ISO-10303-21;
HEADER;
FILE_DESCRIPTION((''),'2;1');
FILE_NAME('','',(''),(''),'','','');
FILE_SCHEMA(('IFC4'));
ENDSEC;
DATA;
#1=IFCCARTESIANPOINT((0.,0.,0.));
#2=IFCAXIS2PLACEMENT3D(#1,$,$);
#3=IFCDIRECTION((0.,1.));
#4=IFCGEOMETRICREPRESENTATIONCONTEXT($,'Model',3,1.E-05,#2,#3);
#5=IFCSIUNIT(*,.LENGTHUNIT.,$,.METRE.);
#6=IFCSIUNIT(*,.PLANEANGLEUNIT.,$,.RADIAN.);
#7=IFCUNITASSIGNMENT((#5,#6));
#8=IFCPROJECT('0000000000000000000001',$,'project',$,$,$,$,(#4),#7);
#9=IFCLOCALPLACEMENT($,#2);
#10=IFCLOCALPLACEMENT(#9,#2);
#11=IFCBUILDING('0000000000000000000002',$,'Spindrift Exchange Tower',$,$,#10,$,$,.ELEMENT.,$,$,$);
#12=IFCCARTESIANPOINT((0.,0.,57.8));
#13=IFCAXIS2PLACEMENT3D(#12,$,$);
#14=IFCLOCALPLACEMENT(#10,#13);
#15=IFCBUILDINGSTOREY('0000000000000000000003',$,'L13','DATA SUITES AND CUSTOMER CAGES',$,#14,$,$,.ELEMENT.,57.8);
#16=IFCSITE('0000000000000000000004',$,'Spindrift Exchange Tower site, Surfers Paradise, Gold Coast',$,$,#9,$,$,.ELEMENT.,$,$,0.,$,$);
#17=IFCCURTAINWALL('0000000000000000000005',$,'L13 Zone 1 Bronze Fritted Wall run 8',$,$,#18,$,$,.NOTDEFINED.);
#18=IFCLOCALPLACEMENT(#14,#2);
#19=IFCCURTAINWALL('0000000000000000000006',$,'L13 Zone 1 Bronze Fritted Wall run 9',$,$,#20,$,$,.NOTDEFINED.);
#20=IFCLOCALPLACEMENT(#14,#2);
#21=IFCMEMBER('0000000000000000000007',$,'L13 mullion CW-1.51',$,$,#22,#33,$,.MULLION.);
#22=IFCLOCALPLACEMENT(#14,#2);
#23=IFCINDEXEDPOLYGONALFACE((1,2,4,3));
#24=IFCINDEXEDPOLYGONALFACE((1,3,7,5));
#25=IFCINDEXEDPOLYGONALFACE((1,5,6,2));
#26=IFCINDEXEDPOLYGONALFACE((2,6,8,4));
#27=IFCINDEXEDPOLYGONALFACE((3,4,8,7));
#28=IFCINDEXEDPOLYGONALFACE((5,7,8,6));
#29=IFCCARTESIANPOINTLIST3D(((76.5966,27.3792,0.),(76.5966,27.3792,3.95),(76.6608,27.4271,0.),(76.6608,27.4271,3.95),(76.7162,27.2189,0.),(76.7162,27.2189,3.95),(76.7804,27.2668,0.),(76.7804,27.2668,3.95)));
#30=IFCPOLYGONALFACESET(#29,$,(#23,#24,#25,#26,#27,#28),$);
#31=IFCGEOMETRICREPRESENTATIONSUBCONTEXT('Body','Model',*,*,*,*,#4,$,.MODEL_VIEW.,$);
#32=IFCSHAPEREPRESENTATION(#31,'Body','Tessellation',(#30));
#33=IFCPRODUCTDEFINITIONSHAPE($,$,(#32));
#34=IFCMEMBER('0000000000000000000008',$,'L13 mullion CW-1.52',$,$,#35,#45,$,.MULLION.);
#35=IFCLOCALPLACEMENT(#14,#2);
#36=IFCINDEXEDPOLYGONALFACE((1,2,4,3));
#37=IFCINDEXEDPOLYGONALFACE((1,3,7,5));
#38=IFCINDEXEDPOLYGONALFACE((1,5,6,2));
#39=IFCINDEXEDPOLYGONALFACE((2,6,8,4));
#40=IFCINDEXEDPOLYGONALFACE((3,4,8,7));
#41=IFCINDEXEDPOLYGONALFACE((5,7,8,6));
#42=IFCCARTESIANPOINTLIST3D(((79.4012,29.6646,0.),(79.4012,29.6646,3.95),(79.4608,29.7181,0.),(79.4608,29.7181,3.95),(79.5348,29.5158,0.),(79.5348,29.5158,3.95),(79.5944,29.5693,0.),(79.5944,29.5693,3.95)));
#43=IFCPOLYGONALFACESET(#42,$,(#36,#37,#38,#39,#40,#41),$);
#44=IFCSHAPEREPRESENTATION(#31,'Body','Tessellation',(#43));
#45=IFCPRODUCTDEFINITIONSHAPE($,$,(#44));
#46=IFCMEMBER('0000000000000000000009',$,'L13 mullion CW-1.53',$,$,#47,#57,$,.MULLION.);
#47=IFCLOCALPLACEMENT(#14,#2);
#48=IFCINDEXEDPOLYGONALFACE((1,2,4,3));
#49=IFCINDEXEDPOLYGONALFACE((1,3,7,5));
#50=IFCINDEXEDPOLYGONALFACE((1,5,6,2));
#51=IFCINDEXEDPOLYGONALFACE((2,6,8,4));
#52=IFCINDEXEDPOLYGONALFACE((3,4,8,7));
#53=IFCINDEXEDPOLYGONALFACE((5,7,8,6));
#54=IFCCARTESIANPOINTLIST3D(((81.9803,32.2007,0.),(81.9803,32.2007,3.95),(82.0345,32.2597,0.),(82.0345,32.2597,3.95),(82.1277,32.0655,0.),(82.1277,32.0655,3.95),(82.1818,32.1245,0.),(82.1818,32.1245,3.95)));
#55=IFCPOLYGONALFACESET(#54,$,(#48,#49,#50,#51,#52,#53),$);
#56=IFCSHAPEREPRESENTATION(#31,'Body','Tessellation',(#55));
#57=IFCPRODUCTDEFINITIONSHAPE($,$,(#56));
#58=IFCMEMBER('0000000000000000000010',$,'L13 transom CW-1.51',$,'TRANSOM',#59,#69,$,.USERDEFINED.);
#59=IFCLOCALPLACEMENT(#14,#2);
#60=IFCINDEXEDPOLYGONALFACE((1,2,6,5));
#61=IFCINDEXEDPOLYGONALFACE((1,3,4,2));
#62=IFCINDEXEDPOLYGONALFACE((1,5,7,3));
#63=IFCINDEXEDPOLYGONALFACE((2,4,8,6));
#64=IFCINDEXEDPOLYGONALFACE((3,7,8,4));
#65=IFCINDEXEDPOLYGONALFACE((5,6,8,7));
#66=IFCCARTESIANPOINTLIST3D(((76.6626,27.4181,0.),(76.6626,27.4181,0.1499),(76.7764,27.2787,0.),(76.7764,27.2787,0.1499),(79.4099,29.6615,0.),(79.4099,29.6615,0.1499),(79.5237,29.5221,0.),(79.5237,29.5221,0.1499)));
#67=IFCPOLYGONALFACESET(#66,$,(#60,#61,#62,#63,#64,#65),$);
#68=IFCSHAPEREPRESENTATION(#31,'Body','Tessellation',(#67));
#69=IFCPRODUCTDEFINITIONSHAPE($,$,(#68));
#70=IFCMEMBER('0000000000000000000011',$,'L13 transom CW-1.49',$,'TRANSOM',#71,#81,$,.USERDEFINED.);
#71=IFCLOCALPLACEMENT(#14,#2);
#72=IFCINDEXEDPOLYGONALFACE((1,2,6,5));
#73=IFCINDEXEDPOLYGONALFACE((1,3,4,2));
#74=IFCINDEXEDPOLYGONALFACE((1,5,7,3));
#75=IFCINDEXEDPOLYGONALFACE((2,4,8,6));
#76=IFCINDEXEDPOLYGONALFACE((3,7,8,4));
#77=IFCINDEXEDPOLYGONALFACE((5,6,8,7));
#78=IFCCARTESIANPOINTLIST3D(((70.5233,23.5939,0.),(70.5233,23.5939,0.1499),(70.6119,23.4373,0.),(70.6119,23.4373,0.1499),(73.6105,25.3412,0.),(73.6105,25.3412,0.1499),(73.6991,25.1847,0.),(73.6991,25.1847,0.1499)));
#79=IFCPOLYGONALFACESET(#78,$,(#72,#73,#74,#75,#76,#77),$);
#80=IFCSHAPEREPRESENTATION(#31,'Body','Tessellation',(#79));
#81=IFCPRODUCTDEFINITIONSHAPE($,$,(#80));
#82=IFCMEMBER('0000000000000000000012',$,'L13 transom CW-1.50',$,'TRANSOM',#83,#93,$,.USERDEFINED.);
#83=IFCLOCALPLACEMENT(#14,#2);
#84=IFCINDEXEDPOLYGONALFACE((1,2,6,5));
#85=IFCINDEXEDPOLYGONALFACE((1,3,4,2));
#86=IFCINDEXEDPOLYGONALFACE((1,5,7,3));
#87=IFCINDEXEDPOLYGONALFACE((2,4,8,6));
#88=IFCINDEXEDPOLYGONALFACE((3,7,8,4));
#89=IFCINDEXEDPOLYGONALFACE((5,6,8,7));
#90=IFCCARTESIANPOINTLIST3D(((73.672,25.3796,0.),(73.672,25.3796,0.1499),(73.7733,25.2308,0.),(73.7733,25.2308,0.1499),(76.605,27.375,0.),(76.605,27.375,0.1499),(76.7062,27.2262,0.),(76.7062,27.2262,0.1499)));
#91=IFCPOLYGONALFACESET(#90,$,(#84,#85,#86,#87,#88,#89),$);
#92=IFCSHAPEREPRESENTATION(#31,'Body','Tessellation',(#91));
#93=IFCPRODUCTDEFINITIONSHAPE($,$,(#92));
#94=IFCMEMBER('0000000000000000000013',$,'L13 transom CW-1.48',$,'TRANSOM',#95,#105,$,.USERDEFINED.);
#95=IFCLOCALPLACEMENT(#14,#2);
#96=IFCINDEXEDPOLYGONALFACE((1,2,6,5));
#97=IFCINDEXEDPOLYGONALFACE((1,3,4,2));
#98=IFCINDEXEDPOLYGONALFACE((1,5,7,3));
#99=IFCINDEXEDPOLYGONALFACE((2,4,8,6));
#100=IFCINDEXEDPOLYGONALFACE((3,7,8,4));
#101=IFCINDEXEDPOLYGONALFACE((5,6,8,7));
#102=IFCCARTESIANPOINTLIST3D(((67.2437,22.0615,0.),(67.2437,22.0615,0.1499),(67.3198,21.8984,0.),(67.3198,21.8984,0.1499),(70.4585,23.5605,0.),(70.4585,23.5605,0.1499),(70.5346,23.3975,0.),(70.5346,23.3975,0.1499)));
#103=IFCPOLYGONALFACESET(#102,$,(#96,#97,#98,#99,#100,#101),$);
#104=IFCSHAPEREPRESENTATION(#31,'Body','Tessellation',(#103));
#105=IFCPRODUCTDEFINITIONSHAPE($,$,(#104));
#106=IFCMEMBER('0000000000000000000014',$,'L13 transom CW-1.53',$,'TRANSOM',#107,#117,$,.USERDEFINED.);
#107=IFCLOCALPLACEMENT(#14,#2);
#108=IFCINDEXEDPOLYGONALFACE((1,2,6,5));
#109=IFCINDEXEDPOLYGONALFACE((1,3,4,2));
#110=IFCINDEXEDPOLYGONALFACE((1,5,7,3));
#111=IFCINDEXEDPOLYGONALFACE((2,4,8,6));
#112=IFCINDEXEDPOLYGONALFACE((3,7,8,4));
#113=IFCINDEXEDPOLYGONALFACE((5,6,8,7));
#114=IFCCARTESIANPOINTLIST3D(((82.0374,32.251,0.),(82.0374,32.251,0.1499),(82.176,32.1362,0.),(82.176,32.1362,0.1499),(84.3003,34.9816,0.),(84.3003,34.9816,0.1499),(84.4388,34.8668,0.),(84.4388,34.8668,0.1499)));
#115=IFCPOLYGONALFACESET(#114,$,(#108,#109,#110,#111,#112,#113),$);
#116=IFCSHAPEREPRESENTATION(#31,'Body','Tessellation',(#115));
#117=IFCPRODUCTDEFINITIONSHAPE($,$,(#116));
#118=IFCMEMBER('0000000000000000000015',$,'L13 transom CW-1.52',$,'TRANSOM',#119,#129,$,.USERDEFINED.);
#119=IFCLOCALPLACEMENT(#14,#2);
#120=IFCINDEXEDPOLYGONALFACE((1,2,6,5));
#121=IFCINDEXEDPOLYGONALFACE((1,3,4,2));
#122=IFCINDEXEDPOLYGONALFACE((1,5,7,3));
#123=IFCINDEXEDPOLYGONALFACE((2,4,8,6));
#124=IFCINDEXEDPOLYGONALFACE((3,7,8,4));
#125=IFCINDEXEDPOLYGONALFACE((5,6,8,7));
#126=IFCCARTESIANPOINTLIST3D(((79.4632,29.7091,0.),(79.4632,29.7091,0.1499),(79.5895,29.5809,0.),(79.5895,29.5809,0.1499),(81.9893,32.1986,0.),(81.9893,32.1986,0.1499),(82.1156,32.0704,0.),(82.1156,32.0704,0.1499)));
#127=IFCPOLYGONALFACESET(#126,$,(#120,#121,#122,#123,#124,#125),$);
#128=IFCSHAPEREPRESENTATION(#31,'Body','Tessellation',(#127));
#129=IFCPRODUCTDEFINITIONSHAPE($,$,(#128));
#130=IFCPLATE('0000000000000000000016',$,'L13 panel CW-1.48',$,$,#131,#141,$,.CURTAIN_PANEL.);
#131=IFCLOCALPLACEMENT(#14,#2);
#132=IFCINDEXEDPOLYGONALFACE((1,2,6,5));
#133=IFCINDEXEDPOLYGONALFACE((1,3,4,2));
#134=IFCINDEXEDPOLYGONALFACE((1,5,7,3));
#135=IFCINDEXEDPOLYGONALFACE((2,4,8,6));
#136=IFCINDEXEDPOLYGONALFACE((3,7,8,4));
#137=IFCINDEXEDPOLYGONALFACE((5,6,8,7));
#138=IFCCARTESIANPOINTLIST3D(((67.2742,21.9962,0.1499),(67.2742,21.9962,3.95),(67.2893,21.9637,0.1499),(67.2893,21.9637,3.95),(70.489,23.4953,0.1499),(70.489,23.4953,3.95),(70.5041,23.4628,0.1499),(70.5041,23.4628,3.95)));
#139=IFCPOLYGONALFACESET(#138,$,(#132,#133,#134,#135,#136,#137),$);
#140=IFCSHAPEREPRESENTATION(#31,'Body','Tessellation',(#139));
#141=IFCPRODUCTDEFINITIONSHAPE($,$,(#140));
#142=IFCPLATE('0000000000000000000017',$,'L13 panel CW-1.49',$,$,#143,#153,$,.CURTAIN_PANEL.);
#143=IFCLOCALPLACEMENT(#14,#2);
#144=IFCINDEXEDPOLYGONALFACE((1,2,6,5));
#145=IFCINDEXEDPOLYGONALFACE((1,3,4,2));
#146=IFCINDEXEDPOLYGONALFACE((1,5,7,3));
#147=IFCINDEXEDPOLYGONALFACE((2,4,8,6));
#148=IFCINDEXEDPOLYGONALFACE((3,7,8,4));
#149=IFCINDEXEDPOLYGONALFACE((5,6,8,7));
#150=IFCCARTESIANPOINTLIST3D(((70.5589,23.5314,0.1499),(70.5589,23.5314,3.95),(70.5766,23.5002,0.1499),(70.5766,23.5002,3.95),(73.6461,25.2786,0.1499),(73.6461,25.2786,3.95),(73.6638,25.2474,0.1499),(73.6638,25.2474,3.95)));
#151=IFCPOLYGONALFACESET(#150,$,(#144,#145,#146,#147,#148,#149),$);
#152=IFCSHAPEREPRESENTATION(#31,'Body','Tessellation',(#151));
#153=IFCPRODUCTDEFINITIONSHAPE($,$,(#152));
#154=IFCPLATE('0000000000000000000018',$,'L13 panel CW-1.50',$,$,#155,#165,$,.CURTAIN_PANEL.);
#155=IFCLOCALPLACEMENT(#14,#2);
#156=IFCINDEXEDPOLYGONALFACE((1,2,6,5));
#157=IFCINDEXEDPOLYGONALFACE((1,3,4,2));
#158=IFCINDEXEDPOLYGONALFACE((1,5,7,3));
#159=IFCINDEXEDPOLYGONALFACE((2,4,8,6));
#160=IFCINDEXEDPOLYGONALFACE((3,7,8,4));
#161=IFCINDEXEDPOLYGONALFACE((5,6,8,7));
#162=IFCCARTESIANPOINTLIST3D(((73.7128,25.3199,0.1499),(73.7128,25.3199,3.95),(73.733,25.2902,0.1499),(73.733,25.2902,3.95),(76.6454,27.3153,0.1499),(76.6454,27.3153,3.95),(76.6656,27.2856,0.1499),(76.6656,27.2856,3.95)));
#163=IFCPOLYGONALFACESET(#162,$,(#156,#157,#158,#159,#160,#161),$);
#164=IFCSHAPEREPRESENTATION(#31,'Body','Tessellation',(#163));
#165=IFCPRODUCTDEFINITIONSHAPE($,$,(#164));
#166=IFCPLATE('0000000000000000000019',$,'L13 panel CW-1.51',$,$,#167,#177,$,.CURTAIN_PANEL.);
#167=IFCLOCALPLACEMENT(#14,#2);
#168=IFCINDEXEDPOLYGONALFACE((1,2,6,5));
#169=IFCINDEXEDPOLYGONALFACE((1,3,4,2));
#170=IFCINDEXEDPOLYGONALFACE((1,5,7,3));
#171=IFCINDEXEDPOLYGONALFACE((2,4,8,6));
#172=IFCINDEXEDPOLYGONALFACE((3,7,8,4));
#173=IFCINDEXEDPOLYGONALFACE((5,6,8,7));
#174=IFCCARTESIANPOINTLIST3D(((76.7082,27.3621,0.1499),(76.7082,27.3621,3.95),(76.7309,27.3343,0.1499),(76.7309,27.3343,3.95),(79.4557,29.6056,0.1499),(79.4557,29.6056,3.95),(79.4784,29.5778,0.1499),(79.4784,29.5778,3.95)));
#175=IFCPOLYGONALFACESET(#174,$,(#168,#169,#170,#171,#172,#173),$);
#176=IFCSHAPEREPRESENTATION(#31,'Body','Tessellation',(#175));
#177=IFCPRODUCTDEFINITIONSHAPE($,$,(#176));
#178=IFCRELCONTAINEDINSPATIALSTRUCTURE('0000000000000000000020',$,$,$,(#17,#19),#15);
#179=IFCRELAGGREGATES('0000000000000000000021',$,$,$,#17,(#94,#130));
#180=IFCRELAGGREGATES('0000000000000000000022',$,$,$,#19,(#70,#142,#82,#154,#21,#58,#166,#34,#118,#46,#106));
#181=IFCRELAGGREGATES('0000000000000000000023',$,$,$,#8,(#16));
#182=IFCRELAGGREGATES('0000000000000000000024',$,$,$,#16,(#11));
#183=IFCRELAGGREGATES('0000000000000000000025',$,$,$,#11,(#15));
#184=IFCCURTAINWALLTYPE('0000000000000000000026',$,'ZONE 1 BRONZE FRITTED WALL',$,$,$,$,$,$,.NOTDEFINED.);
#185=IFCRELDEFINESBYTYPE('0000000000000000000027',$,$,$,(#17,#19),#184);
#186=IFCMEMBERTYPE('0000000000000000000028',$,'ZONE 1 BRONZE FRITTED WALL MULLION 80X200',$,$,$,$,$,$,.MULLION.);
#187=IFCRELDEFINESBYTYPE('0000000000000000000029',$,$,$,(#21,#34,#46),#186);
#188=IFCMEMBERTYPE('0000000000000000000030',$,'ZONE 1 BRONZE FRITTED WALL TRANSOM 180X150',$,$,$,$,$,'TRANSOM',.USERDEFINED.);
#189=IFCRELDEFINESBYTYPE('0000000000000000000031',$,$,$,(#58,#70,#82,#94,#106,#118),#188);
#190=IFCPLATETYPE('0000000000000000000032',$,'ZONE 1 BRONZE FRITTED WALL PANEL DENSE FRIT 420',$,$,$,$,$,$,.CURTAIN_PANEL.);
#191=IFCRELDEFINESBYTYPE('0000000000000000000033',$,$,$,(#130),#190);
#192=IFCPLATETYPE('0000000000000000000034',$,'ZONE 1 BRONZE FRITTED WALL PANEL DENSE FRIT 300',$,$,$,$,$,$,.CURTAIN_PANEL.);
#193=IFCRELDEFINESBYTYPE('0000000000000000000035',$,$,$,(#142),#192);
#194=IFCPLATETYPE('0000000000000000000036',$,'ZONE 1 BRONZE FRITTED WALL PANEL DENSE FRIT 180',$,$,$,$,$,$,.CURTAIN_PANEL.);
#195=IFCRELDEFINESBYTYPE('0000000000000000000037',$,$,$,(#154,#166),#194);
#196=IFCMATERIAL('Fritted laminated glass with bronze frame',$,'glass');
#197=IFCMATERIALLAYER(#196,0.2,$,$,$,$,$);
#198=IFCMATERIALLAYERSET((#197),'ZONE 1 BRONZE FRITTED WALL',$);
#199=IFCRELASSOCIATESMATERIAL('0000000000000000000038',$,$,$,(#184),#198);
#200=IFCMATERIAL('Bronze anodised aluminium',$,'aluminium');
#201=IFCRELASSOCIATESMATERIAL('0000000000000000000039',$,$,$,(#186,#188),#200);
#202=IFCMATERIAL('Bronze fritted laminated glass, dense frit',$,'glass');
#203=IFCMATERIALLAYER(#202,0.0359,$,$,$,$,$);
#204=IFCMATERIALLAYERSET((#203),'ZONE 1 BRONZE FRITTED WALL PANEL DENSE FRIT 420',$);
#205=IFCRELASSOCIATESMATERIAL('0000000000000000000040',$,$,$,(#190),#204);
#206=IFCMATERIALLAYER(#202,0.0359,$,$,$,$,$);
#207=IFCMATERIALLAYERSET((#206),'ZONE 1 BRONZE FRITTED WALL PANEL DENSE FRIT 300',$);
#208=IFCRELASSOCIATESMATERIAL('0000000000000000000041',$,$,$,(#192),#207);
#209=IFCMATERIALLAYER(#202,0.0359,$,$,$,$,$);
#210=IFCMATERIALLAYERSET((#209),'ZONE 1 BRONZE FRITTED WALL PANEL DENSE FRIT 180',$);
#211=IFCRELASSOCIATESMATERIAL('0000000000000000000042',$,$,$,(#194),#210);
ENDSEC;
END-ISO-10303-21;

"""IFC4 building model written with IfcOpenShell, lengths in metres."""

from ifc_helpers import new_model, si_unit, direction, frame, origin, origin_2d, place, context, subcontext, project, spatial, rectangle, extrude, source, transform, mapped, material, layer, layer_set, material_profile, profile_set, type_object, element, aggregate, save


model = new_model("IFC4")

# Units and contexts
model_context = context("Model", 3, precision=1e-05, world=origin(), true_north=direction((0.0, 1.0)))
body_context = subcontext(model_context, "Body", "Model", "MODEL_VIEW")
ifc_project = project(units=[si_unit("LENGTHUNIT", "METRE"), si_unit("PLANEANGLEUNIT", "RADIAN")], contexts=[model_context])

# Site, building, storey
site_placement = place(None, origin())
site = spatial("IfcSite", under=ifc_project, at=site_placement, Name="Spindrift Exchange Tower site, Surfers Paradise, Gold Coast", CompositionType="ELEMENT", RefElevation=0.0)
building_placement = place(site_placement, origin())
building = spatial("IfcBuilding", under=site, at=building_placement, Name="Spindrift Exchange Tower", CompositionType="ELEMENT")
storey_placement = place(building_placement, frame((0.0, 0.0, 57.8)))
storey = spatial("IfcBuildingStorey", under=building, at=storey_placement, Name="L13", Description="DATA SUITES AND CUSTOMER CAGES", CompositionType="ELEMENT", Elevation=57.8)

# Curtain wall
ifc_material_1 = material(Name="Fritted laminated glass with bronze frame", Category="glass")
ifc_layer_1 = layer(ifc_material_1, 0.2)
ifc_layer_set_1 = layer_set([ifc_layer_1], Name="ZONE 1 BRONZE FRITTED WALL")
curtain_wall_type = type_object("IfcCurtainWallType", Name="ZONE 1 BRONZE FRITTED WALL", PredefinedType="NOTDEFINED", material=ifc_layer_set_1)
curtain_wall_1_placement = place(storey_placement, origin())
curtain_wall_1 = element("IfcCurtainWall", 1, at=curtain_wall_1_placement, inside=storey, type_object=curtain_wall_type, Name="L13 Zone 1 Bronze Fritted Wall run 8", PredefinedType="NOTDEFINED")
ifc_material_2 = material(Name="Bronze anodised aluminium", Category="aluminium")
ifc_material_profile_1 = material_profile(ifc_material_2, rectangle(XDim=0.0801, YDim=0.2, at=origin_2d()), Name="ZONE 1 BRONZE FRITTED WALL MULLION 80X200")
ifc_profile_set_1 = profile_set([ifc_material_profile_1], Name="Bronze anodised aluminium")
member_type_1 = type_object("IfcMemberType", Name="ZONE 1 BRONZE FRITTED WALL MULLION 80X200", PredefinedType="MULLION", material=ifc_profile_set_1)
shared_shape_1 = source(origin(), body_context, "Body", "SweptSolid", [
    extrude(rectangle(XDim=0.0801, YDim=0.2, at=origin_2d()), origin(), (0.0, 0.0, 1.0), 3.95),
])

# Curtain wall, members
curtain_wall_2_placement = place(storey_placement, origin())
curtain_wall_2 = element("IfcCurtainWall", 2, at=curtain_wall_2_placement, inside=storey, type_object=curtain_wall_type, Name="L13 Zone 1 Bronze Fritted Wall run 9", PredefinedType="NOTDEFINED")
member_1_placement = place(storey_placement, frame((76.6885, 27.323, 0.0), z_axis=(0.0, 0.0, 1.0), x_axis=(0.801438, 0.598078, 0.0)))
member_1 = element("IfcMember", 3, at=member_1_placement, type_object=member_type_1, Name="L13 mullion CW-1.51", PredefinedType="MULLION", context=body_context, shape_type="MappedRepresentation", body=[
    mapped(shared_shape_1, transform((0.0, 0.0, 0.0), scale=1.0)),
])
member_2_placement = place(storey_placement, frame((79.4978, 29.6169, 0.0), z_axis=(0.0, 0.0, 1.0), x_axis=(0.744228, 0.667925, 0.0)))
member_2 = element("IfcMember", 4, at=member_2_placement, type_object=member_type_1, Name="L13 mullion CW-1.52", PredefinedType="MULLION", context=body_context, shape_type="MappedRepresentation", body=[
    mapped(shared_shape_1, transform((0.0, 0.0, 0.0), scale=1.0)),
])
member_3_placement = place(storey_placement, frame((82.0811, 32.1626, 0.0), z_axis=(0.0, 0.0, 1.0), x_axis=(0.676034, 0.736871, 0.0)))
member_3 = element("IfcMember", 5, at=member_3_placement, type_object=member_type_1, Name="L13 mullion CW-1.53", PredefinedType="MULLION", context=body_context, shape_type="MappedRepresentation", body=[
    mapped(shared_shape_1, transform((0.0, 0.0, 0.0), scale=1.0)),
])
ifc_material_profile_2 = material_profile(ifc_material_2, rectangle(XDim=0.1799, YDim=0.1499, at=origin_2d()), Name="ZONE 1 BRONZE FRITTED WALL TRANSOM 180X150")
ifc_profile_set_2 = profile_set([ifc_material_profile_2], Name="Bronze anodised aluminium")
member_type_2 = type_object("IfcMemberType", Name="ZONE 1 BRONZE FRITTED WALL TRANSOM 180X150", ElementType="TRANSOM", PredefinedType="USERDEFINED", material=ifc_profile_set_2)
shared_shape_2 = source(origin(), body_context, "Body", "SweptSolid", [
    extrude(rectangle(XDim=0.1799, YDim=0.1499, at=origin_2d()), origin(), (0.0, 0.0, 1.0), 3.5469),
])
member_4_placement = place(storey_placement, frame((76.7195, 27.3484, 0.075), z_axis=(0.774564, 0.632495, 0.0), x_axis=(-0.632495, 0.774564, 0.0)))
member_4 = element("IfcMember", 6, at=member_4_placement, type_object=member_type_2, Name="L13 transom CW-1.51", ObjectType="TRANSOM", PredefinedType="USERDEFINED", context=body_context, shape_type="MappedRepresentation", body=[
    mapped(shared_shape_2, transform((0.0, 0.0, 0.0), scale=1.0)),
])
shared_shape_3 = source(origin(), body_context, "Body", "SweptSolid", [
    extrude(rectangle(XDim=0.1799, YDim=0.1499, at=origin_2d()), origin(), (0.0, 0.0, 1.0), 3.5474),
])
member_5_placement = place(storey_placement, frame((70.5676, 23.5156, 0.075), z_axis=(0.870273, 0.49257, 0.0), x_axis=(-0.49257, 0.870273, 0.0)))
member_5 = element("IfcMember", 7, at=member_5_placement, type_object=member_type_2, Name="L13 transom CW-1.49", ObjectType="TRANSOM", PredefinedType="USERDEFINED", context=body_context, shape_type="MappedRepresentation", body=[
    mapped(shared_shape_3, transform((0.0, 0.0, 0.0), scale=1.0)),
])
member_6_placement = place(storey_placement, frame((73.7227, 25.3052, 0.075), z_axis=(0.826793, 0.562506, 0.0), x_axis=(-0.562506, 0.826793, 0.0)))
member_6 = element("IfcMember", 8, at=member_6_placement, type_object=member_type_2, Name="L13 transom CW-1.50", ObjectType="TRANSOM", PredefinedType="USERDEFINED", context=body_context, shape_type="MappedRepresentation", body=[
    mapped(shared_shape_3, transform((0.0, 0.0, 0.0), scale=1.0)),
])

# Members
shared_shape_4 = source(origin(), body_context, "Body", "SweptSolid", [
    extrude(rectangle(XDim=0.1799, YDim=0.1499, at=origin_2d()), origin(), (0.0, 0.0, 1.0), 3.5471),
])
member_7_placement = place(storey_placement, frame((67.2817, 21.98, 0.075), z_axis=(0.906317, 0.422599, 0.0), x_axis=(-0.422599, 0.906317, 0.0)))
member_7 = element("IfcMember", 9, at=member_7_placement, type_object=member_type_2, Name="L13 transom CW-1.48", ObjectType="TRANSOM", PredefinedType="USERDEFINED", context=body_context, shape_type="MappedRepresentation", body=[
    mapped(shared_shape_4, transform((0.0, 0.0, 0.0), scale=1.0)),
])
shared_shape_5 = source(origin(), body_context, "Body", "SweptSolid", [
    extrude(rectangle(XDim=0.1799, YDim=0.1499, at=origin_2d()), origin(), (0.0, 0.0, 1.0), 3.5464),
])
member_8_placement = place(storey_placement, frame((82.1067, 32.1936, 0.075), z_axis=(0.638076, 0.769973, 0.0), x_axis=(-0.769973, 0.638076, 0.0)))
member_8 = element("IfcMember", 10, at=member_8_placement, type_object=member_type_2, Name="L13 transom CW-1.53", ObjectType="TRANSOM", PredefinedType="USERDEFINED", context=body_context, shape_type="MappedRepresentation", body=[
    mapped(shared_shape_5, transform((0.0, 0.0, 0.0), scale=1.0)),
])
shared_shape_6 = source(origin(), body_context, "Body", "SweptSolid", [
    extrude(rectangle(XDim=0.1799, YDim=0.1499, at=origin_2d()), origin(), (0.0, 0.0, 1.0), 3.5466),
])
member_9_placement = place(storey_placement, frame((79.5264, 29.645, 0.075), z_axis=(0.712251, 0.701925, 0.0), x_axis=(-0.701925, 0.712251, 0.0)))
member_9 = element("IfcMember", 11, at=member_9_placement, type_object=member_type_2, Name="L13 transom CW-1.52", ObjectType="TRANSOM", PredefinedType="USERDEFINED", context=body_context, shape_type="MappedRepresentation", body=[
    mapped(shared_shape_6, transform((0.0, 0.0, 0.0), scale=1.0)),
])

# Plates
ifc_material_3 = material(Name="Bronze fritted laminated glass, dense frit", Category="glass")
ifc_layer_2 = layer(ifc_material_3, 0.0359)
ifc_layer_set_2 = layer_set([ifc_layer_2], Name="ZONE 1 BRONZE FRITTED WALL PANEL DENSE FRIT 420")
plate_type_1 = type_object("IfcPlateType", Name="ZONE 1 BRONZE FRITTED WALL PANEL DENSE FRIT 420", PredefinedType="CURTAIN_PANEL", material=ifc_layer_set_2)
shared_shape_7 = source(origin(), body_context, "Body", "SweptSolid", [
    extrude(rectangle(XDim=3.5471, YDim=0.0359, at=origin_2d()), origin(), (0.0, 0.0, 1.0), 3.8),
])
plate_1_placement = place(storey_placement, frame((68.8892, 22.7295, 0.1499), z_axis=(0.0, 0.0, 1.0), x_axis=(0.906312, 0.422609, 0.0)))
plate_1 = element("IfcPlate", 12, at=plate_1_placement, type_object=plate_type_1, Name="L13 panel CW-1.48", PredefinedType="CURTAIN_PANEL", context=body_context, shape_type="MappedRepresentation", body=[
    mapped(shared_shape_7, transform((0.0, 0.0, 0.0), scale=1.0)),
])
aggregate(curtain_wall_1, [member_7, plate_1])
ifc_layer_3 = layer(ifc_material_3, 0.0359)
ifc_layer_set_3 = layer_set([ifc_layer_3], Name="ZONE 1 BRONZE FRITTED WALL PANEL DENSE FRIT 300")
plate_type_2 = type_object("IfcPlateType", Name="ZONE 1 BRONZE FRITTED WALL PANEL DENSE FRIT 300", PredefinedType="CURTAIN_PANEL", material=ifc_layer_set_3)
shared_shape_8 = source(origin(), body_context, "Body", "SweptSolid", [
    extrude(rectangle(XDim=3.5474, YDim=0.0359, at=origin_2d()), origin(), (0.0, 0.0, 1.0), 3.8),
])
plate_2_placement = place(storey_placement, frame((72.1113, 24.3894, 0.1499), z_axis=(0.0, 0.0, 1.0), x_axis=(0.870289, 0.492542, 0.0)))
plate_2 = element("IfcPlate", 13, at=plate_2_placement, type_object=plate_type_2, Name="L13 panel CW-1.49", PredefinedType="CURTAIN_PANEL", context=body_context, shape_type="MappedRepresentation", body=[
    mapped(shared_shape_8, transform((0.0, 0.0, 0.0), scale=1.0)),
])
ifc_layer_4 = layer(ifc_material_3, 0.0359)
ifc_layer_set_4 = layer_set([ifc_layer_4], Name="ZONE 1 BRONZE FRITTED WALL PANEL DENSE FRIT 180")
plate_type_3 = type_object("IfcPlateType", Name="ZONE 1 BRONZE FRITTED WALL PANEL DENSE FRIT 180", PredefinedType="CURTAIN_PANEL", material=ifc_layer_set_4)
shared_shape_9 = source(origin(), body_context, "Body", "SweptSolid", [
    extrude(rectangle(XDim=3.5471, YDim=0.0359, at=origin_2d()), origin(), (0.0, 0.0, 1.0), 3.8),
])
plate_3_placement = place(storey_placement, frame((75.1892, 26.3027, 0.1499), z_axis=(0.0, 0.0, 1.0), x_axis=(0.82677, 0.562539, 0.0)))
plate_3 = element("IfcPlate", 14, at=plate_3_placement, type_object=plate_type_3, Name="L13 panel CW-1.50", PredefinedType="CURTAIN_PANEL", context=body_context, shape_type="MappedRepresentation", body=[
    mapped(shared_shape_9, transform((0.0, 0.0, 0.0), scale=1.0)),
])
plate_4_placement = place(storey_placement, frame((78.0933, 28.47, 0.1499), z_axis=(0.0, 0.0, 1.0), x_axis=(0.774578, 0.632478, 0.0)))
plate_4 = element("IfcPlate", 15, at=plate_4_placement, type_object=plate_type_3, Name="L13 panel CW-1.51", PredefinedType="CURTAIN_PANEL", context=body_context, shape_type="MappedRepresentation", body=[
    mapped(shared_shape_9, transform((0.0, 0.0, 0.0), scale=1.0)),
])
aggregate(curtain_wall_2, [member_5, plate_2, member_6, plate_3, member_1, member_4, plate_4, member_2, member_9, member_3, member_8])

save(model, "model.ifc")
